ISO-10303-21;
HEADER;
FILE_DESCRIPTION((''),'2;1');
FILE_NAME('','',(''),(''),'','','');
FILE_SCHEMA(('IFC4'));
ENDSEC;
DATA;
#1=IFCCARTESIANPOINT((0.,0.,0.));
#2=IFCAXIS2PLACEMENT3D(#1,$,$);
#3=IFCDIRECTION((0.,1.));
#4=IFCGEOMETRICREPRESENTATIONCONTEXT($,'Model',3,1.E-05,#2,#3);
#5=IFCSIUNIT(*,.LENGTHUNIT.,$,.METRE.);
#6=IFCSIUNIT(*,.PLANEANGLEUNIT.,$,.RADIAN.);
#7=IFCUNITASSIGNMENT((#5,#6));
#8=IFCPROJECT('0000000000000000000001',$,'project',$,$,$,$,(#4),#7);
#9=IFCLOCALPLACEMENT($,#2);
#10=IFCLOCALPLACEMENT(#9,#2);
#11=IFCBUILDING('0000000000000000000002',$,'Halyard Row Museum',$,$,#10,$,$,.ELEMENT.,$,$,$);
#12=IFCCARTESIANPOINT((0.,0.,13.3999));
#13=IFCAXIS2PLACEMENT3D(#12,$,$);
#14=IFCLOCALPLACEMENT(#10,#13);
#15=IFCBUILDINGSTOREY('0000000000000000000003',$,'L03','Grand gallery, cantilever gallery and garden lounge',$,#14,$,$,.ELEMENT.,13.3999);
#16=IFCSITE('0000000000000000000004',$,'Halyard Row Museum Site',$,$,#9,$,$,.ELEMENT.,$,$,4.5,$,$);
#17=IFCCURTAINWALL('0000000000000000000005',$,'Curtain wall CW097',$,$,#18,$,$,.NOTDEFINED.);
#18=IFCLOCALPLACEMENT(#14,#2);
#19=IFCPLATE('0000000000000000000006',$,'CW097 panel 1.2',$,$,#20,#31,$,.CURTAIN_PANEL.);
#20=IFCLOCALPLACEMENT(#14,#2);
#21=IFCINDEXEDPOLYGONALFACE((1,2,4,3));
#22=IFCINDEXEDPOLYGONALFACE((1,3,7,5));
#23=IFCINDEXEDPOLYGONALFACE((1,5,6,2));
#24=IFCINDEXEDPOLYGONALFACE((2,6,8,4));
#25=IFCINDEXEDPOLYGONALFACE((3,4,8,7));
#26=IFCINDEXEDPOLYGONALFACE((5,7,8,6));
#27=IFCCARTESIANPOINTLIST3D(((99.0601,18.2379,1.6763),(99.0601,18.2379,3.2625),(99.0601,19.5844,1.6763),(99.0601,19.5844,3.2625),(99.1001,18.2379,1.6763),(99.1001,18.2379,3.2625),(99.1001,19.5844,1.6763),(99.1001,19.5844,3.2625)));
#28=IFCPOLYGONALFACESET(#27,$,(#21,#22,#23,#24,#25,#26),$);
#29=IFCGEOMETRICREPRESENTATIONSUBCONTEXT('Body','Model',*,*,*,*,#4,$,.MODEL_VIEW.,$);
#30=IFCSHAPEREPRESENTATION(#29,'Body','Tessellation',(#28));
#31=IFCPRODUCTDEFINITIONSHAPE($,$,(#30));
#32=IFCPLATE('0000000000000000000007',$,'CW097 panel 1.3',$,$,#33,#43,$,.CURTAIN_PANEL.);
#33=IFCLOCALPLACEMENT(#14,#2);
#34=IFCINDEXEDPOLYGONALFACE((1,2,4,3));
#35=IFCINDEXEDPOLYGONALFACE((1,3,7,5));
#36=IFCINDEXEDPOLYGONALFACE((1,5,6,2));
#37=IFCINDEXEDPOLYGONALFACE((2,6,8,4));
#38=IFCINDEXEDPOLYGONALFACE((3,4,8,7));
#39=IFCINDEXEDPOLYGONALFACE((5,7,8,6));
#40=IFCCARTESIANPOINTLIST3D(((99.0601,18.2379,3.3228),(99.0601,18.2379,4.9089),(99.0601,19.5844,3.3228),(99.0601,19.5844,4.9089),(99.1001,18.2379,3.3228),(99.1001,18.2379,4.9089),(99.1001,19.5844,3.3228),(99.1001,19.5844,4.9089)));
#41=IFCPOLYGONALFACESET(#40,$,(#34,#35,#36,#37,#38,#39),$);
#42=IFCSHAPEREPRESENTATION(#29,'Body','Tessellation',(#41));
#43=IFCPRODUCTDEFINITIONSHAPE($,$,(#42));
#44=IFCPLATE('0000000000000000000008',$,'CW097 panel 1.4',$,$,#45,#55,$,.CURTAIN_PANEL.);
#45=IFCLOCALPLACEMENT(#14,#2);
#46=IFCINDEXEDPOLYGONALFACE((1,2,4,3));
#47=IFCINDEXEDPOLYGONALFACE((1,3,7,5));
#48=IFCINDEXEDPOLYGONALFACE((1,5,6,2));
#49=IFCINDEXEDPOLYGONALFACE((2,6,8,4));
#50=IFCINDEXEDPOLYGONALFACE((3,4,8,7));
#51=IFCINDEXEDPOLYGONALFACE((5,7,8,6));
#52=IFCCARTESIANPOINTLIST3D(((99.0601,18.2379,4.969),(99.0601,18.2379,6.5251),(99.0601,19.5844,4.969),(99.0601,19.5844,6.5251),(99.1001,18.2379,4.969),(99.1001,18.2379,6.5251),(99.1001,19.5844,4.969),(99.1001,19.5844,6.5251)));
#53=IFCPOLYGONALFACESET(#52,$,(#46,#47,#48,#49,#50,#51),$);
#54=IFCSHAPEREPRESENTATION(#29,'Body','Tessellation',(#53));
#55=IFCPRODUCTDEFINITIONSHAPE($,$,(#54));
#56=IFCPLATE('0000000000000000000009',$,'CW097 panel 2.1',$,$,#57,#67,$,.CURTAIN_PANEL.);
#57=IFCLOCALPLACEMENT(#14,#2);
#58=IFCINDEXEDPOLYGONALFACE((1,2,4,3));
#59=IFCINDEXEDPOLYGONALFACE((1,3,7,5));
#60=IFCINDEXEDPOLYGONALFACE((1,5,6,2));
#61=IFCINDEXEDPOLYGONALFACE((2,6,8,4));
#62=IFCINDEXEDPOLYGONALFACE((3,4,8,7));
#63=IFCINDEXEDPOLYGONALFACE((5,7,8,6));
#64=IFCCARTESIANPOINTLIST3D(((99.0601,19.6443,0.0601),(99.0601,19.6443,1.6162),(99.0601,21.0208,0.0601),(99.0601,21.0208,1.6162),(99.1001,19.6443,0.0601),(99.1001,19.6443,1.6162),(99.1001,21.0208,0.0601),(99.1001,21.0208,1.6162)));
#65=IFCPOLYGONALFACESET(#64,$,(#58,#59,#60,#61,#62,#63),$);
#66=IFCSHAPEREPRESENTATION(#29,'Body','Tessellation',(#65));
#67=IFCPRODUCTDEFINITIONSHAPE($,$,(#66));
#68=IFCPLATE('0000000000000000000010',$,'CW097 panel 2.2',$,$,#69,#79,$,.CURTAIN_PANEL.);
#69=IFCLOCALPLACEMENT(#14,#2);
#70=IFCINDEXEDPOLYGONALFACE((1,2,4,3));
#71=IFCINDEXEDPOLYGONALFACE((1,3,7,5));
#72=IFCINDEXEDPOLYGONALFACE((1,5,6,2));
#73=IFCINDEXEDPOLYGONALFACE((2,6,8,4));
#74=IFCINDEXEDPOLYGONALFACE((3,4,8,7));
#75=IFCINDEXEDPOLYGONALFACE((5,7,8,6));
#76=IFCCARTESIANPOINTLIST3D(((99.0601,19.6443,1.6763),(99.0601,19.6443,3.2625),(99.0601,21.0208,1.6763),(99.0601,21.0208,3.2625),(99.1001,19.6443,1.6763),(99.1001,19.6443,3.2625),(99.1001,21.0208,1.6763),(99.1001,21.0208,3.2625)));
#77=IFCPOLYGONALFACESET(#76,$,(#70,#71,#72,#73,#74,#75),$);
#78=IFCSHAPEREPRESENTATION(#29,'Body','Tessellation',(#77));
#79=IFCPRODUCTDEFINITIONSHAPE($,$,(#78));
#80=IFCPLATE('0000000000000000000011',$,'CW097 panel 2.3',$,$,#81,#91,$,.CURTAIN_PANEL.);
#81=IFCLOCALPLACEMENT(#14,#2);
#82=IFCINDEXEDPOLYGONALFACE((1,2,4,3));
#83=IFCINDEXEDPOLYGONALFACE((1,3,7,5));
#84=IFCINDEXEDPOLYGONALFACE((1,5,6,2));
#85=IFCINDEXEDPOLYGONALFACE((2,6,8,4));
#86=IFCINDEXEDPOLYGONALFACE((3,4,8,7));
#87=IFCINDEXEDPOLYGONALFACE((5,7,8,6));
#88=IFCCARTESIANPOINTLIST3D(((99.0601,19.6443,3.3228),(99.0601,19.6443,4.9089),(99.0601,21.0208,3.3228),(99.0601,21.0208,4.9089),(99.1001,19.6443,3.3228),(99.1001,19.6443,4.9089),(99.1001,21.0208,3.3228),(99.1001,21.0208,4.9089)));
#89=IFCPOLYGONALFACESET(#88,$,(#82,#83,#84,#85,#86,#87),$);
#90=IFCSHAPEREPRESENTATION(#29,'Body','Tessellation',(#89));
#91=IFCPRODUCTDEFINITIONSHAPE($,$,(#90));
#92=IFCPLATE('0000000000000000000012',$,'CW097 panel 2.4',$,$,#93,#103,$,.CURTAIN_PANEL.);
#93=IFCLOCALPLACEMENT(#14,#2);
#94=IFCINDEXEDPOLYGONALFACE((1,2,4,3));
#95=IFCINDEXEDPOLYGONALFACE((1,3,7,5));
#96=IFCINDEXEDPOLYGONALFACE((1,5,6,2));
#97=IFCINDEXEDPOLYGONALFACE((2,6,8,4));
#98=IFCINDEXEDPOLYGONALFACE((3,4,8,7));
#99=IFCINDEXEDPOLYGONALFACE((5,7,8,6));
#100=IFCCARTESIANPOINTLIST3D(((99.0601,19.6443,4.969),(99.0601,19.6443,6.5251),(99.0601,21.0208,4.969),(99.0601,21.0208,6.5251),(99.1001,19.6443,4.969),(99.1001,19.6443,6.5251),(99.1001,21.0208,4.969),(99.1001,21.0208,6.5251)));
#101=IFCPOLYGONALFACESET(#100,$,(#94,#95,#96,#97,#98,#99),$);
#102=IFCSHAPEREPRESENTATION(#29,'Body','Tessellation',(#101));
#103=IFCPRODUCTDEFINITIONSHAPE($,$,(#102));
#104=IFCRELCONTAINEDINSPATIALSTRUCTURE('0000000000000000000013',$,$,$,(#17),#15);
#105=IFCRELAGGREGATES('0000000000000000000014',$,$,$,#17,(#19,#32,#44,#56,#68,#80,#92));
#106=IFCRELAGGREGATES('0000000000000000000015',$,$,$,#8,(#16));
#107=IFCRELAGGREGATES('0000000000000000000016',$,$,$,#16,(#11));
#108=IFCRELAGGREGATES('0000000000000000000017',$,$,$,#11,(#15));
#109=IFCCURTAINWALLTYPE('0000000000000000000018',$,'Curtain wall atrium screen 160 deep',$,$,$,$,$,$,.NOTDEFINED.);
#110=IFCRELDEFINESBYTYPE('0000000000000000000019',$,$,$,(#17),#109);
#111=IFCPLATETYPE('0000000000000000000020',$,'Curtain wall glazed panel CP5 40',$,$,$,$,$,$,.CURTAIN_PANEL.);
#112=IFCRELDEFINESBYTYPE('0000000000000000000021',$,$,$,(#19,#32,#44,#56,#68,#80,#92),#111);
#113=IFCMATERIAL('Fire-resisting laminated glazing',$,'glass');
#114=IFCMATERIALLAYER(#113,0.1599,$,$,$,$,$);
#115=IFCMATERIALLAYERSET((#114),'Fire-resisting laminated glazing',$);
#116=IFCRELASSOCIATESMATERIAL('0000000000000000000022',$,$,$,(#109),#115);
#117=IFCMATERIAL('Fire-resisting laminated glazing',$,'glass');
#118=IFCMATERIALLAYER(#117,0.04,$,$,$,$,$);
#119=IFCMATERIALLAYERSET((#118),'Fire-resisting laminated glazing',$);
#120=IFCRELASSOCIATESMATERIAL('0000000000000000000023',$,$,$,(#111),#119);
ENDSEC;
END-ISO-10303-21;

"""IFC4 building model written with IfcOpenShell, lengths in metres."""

from ifc_helpers import new_model, si_unit, direction, frame, origin, origin_2d, place, context, subcontext, project, spatial, rectangle, extrude, material, layer, layer_set, type_object, element, aggregate, save


model = new_model("IFC4")

# Units and contexts
model_context = context("Model", 3, precision=1e-05, world=origin(), true_north=direction((0.0, 1.0)))
body_context = subcontext(model_context, "Body", "Model", "MODEL_VIEW")
ifc_project = project(units=[si_unit("LENGTHUNIT", "METRE"), si_unit("PLANEANGLEUNIT", "RADIAN")], contexts=[model_context])

# Site, building, storey
site_placement = place(None, origin())
site = spatial("IfcSite", under=ifc_project, at=site_placement, Name="Halyard Row Museum Site", CompositionType="ELEMENT", RefElevation=4.5)
building_placement = place(site_placement, origin())
building = spatial("IfcBuilding", under=site, at=building_placement, Name="Halyard Row Museum", CompositionType="ELEMENT")
storey_placement = place(building_placement, frame((0.0, 0.0, 13.3999)))
storey = spatial("IfcBuildingStorey", under=building, at=storey_placement, Name="L03", Description="Grand gallery, cantilever gallery and garden lounge", CompositionType="ELEMENT", Elevation=13.3999)

# Curtain wall
ifc_material_1 = material(Name="Fire-resisting laminated glazing", Category="glass")
ifc_layer_1 = layer(ifc_material_1, 0.1599)
ifc_layer_set_1 = layer_set([ifc_layer_1], Name="Fire-resisting laminated glazing")
curtain_wall_type = type_object("IfcCurtainWallType", Name="Curtain wall atrium screen 160 deep", PredefinedType="NOTDEFINED", material=ifc_layer_set_1)
curtain_wall_1_placement = place(storey_placement, origin())
curtain_wall_1 = element("IfcCurtainWall", 1, at=curtain_wall_1_placement, inside=storey, type_object=curtain_wall_type, Name="Curtain wall CW097", PredefinedType="NOTDEFINED")

# Plates
ifc_material_2 = material(Name="Fire-resisting laminated glazing", Category="glass")
ifc_layer_2 = layer(ifc_material_2, 0.04)
ifc_layer_set_2 = layer_set([ifc_layer_2], Name="Fire-resisting laminated glazing")
plate_type = type_object("IfcPlateType", Name="Curtain wall glazed panel CP5 40", PredefinedType="CURTAIN_PANEL", material=ifc_layer_set_2)
plate_1_placement = place(storey_placement, frame((99.0801, 18.9111, 1.6763), z_axis=(0.0, 0.0, 1.0), x_axis=(0.0, 1.0, 0.0)))
plate_1 = element("IfcPlate", 2, at=plate_1_placement, type_object=plate_type, Name="CW097 panel 1.2", PredefinedType="CURTAIN_PANEL", context=body_context, shape_type="SweptSolid", body=[
    extrude(rectangle(XDim=1.3464, YDim=0.04, at=origin_2d()), origin(), (0.0, 0.0, 1.0), 1.5862),
])
plate_2_placement = place(storey_placement, frame((99.0801, 18.9111, 3.3228), z_axis=(0.0, 0.0, 1.0), x_axis=(0.0, 1.0, 0.0)))
plate_2 = element("IfcPlate", 3, at=plate_2_placement, type_object=plate_type, Name="CW097 panel 1.3", PredefinedType="CURTAIN_PANEL", context=body_context, shape_type="SweptSolid", body=[
    extrude(rectangle(XDim=1.3464, YDim=0.04, at=origin_2d()), origin(), (0.0, 0.0, 1.0), 1.5862),
])
plate_3_placement = place(storey_placement, frame((99.0801, 18.9111, 4.969), z_axis=(0.0, 0.0, 1.0), x_axis=(0.0, 1.0, 0.0)))
plate_3 = element("IfcPlate", 4, at=plate_3_placement, type_object=plate_type, Name="CW097 panel 1.4", PredefinedType="CURTAIN_PANEL", context=body_context, shape_type="SweptSolid", body=[
    extrude(rectangle(XDim=1.3464, YDim=0.04, at=origin_2d()), origin(), (0.0, 0.0, 1.0), 1.5562),
])
plate_4_placement = place(storey_placement, frame((99.0801, 20.3325, 0.0601), z_axis=(0.0, 0.0, 1.0), x_axis=(0.0, 1.0, 0.0)))
plate_4 = element("IfcPlate", 5, at=plate_4_placement, type_object=plate_type, Name="CW097 panel 2.1", PredefinedType="CURTAIN_PANEL", context=body_context, shape_type="SweptSolid", body=[
    extrude(rectangle(XDim=1.3765, YDim=0.04, at=origin_2d()), origin(), (0.0, 0.0, 1.0), 1.5562),
])
plate_5_placement = place(storey_placement, frame((99.0801, 20.3325, 1.6763), z_axis=(0.0, 0.0, 1.0), x_axis=(0.0, 1.0, 0.0)))
plate_5 = element("IfcPlate", 6, at=plate_5_placement, type_object=plate_type, Name="CW097 panel 2.2", PredefinedType="CURTAIN_PANEL", context=body_context, shape_type="SweptSolid", body=[
    extrude(rectangle(XDim=1.3765, YDim=0.04, at=origin_2d()), origin(), (0.0, 0.0, 1.0), 1.5862),
])
plate_6_placement = place(storey_placement, frame((99.0801, 20.3325, 3.3228), z_axis=(0.0, 0.0, 1.0), x_axis=(0.0, 1.0, 0.0)))
plate_6 = element("IfcPlate", 7, at=plate_6_placement, type_object=plate_type, Name="CW097 panel 2.3", PredefinedType="CURTAIN_PANEL", context=body_context, shape_type="SweptSolid", body=[
    extrude(rectangle(XDim=1.3765, YDim=0.04, at=origin_2d()), origin(), (0.0, 0.0, 1.0), 1.5862),
])
plate_7_placement = place(storey_placement, frame((99.0801, 20.3325, 4.969), z_axis=(0.0, 0.0, 1.0), x_axis=(0.0, 1.0, 0.0)))
plate_7 = element("IfcPlate", 8, at=plate_7_placement, type_object=plate_type, Name="CW097 panel 2.4", PredefinedType="CURTAIN_PANEL", context=body_context, shape_type="SweptSolid", body=[
    extrude(rectangle(XDim=1.3765, YDim=0.04, at=origin_2d()), origin(), (0.0, 0.0, 1.0), 1.5562),
])
aggregate(curtain_wall_1, [plate_1, plate_2, plate_3, plate_4, plate_5, plate_6, plate_7])

save(model, "model.ifc")
